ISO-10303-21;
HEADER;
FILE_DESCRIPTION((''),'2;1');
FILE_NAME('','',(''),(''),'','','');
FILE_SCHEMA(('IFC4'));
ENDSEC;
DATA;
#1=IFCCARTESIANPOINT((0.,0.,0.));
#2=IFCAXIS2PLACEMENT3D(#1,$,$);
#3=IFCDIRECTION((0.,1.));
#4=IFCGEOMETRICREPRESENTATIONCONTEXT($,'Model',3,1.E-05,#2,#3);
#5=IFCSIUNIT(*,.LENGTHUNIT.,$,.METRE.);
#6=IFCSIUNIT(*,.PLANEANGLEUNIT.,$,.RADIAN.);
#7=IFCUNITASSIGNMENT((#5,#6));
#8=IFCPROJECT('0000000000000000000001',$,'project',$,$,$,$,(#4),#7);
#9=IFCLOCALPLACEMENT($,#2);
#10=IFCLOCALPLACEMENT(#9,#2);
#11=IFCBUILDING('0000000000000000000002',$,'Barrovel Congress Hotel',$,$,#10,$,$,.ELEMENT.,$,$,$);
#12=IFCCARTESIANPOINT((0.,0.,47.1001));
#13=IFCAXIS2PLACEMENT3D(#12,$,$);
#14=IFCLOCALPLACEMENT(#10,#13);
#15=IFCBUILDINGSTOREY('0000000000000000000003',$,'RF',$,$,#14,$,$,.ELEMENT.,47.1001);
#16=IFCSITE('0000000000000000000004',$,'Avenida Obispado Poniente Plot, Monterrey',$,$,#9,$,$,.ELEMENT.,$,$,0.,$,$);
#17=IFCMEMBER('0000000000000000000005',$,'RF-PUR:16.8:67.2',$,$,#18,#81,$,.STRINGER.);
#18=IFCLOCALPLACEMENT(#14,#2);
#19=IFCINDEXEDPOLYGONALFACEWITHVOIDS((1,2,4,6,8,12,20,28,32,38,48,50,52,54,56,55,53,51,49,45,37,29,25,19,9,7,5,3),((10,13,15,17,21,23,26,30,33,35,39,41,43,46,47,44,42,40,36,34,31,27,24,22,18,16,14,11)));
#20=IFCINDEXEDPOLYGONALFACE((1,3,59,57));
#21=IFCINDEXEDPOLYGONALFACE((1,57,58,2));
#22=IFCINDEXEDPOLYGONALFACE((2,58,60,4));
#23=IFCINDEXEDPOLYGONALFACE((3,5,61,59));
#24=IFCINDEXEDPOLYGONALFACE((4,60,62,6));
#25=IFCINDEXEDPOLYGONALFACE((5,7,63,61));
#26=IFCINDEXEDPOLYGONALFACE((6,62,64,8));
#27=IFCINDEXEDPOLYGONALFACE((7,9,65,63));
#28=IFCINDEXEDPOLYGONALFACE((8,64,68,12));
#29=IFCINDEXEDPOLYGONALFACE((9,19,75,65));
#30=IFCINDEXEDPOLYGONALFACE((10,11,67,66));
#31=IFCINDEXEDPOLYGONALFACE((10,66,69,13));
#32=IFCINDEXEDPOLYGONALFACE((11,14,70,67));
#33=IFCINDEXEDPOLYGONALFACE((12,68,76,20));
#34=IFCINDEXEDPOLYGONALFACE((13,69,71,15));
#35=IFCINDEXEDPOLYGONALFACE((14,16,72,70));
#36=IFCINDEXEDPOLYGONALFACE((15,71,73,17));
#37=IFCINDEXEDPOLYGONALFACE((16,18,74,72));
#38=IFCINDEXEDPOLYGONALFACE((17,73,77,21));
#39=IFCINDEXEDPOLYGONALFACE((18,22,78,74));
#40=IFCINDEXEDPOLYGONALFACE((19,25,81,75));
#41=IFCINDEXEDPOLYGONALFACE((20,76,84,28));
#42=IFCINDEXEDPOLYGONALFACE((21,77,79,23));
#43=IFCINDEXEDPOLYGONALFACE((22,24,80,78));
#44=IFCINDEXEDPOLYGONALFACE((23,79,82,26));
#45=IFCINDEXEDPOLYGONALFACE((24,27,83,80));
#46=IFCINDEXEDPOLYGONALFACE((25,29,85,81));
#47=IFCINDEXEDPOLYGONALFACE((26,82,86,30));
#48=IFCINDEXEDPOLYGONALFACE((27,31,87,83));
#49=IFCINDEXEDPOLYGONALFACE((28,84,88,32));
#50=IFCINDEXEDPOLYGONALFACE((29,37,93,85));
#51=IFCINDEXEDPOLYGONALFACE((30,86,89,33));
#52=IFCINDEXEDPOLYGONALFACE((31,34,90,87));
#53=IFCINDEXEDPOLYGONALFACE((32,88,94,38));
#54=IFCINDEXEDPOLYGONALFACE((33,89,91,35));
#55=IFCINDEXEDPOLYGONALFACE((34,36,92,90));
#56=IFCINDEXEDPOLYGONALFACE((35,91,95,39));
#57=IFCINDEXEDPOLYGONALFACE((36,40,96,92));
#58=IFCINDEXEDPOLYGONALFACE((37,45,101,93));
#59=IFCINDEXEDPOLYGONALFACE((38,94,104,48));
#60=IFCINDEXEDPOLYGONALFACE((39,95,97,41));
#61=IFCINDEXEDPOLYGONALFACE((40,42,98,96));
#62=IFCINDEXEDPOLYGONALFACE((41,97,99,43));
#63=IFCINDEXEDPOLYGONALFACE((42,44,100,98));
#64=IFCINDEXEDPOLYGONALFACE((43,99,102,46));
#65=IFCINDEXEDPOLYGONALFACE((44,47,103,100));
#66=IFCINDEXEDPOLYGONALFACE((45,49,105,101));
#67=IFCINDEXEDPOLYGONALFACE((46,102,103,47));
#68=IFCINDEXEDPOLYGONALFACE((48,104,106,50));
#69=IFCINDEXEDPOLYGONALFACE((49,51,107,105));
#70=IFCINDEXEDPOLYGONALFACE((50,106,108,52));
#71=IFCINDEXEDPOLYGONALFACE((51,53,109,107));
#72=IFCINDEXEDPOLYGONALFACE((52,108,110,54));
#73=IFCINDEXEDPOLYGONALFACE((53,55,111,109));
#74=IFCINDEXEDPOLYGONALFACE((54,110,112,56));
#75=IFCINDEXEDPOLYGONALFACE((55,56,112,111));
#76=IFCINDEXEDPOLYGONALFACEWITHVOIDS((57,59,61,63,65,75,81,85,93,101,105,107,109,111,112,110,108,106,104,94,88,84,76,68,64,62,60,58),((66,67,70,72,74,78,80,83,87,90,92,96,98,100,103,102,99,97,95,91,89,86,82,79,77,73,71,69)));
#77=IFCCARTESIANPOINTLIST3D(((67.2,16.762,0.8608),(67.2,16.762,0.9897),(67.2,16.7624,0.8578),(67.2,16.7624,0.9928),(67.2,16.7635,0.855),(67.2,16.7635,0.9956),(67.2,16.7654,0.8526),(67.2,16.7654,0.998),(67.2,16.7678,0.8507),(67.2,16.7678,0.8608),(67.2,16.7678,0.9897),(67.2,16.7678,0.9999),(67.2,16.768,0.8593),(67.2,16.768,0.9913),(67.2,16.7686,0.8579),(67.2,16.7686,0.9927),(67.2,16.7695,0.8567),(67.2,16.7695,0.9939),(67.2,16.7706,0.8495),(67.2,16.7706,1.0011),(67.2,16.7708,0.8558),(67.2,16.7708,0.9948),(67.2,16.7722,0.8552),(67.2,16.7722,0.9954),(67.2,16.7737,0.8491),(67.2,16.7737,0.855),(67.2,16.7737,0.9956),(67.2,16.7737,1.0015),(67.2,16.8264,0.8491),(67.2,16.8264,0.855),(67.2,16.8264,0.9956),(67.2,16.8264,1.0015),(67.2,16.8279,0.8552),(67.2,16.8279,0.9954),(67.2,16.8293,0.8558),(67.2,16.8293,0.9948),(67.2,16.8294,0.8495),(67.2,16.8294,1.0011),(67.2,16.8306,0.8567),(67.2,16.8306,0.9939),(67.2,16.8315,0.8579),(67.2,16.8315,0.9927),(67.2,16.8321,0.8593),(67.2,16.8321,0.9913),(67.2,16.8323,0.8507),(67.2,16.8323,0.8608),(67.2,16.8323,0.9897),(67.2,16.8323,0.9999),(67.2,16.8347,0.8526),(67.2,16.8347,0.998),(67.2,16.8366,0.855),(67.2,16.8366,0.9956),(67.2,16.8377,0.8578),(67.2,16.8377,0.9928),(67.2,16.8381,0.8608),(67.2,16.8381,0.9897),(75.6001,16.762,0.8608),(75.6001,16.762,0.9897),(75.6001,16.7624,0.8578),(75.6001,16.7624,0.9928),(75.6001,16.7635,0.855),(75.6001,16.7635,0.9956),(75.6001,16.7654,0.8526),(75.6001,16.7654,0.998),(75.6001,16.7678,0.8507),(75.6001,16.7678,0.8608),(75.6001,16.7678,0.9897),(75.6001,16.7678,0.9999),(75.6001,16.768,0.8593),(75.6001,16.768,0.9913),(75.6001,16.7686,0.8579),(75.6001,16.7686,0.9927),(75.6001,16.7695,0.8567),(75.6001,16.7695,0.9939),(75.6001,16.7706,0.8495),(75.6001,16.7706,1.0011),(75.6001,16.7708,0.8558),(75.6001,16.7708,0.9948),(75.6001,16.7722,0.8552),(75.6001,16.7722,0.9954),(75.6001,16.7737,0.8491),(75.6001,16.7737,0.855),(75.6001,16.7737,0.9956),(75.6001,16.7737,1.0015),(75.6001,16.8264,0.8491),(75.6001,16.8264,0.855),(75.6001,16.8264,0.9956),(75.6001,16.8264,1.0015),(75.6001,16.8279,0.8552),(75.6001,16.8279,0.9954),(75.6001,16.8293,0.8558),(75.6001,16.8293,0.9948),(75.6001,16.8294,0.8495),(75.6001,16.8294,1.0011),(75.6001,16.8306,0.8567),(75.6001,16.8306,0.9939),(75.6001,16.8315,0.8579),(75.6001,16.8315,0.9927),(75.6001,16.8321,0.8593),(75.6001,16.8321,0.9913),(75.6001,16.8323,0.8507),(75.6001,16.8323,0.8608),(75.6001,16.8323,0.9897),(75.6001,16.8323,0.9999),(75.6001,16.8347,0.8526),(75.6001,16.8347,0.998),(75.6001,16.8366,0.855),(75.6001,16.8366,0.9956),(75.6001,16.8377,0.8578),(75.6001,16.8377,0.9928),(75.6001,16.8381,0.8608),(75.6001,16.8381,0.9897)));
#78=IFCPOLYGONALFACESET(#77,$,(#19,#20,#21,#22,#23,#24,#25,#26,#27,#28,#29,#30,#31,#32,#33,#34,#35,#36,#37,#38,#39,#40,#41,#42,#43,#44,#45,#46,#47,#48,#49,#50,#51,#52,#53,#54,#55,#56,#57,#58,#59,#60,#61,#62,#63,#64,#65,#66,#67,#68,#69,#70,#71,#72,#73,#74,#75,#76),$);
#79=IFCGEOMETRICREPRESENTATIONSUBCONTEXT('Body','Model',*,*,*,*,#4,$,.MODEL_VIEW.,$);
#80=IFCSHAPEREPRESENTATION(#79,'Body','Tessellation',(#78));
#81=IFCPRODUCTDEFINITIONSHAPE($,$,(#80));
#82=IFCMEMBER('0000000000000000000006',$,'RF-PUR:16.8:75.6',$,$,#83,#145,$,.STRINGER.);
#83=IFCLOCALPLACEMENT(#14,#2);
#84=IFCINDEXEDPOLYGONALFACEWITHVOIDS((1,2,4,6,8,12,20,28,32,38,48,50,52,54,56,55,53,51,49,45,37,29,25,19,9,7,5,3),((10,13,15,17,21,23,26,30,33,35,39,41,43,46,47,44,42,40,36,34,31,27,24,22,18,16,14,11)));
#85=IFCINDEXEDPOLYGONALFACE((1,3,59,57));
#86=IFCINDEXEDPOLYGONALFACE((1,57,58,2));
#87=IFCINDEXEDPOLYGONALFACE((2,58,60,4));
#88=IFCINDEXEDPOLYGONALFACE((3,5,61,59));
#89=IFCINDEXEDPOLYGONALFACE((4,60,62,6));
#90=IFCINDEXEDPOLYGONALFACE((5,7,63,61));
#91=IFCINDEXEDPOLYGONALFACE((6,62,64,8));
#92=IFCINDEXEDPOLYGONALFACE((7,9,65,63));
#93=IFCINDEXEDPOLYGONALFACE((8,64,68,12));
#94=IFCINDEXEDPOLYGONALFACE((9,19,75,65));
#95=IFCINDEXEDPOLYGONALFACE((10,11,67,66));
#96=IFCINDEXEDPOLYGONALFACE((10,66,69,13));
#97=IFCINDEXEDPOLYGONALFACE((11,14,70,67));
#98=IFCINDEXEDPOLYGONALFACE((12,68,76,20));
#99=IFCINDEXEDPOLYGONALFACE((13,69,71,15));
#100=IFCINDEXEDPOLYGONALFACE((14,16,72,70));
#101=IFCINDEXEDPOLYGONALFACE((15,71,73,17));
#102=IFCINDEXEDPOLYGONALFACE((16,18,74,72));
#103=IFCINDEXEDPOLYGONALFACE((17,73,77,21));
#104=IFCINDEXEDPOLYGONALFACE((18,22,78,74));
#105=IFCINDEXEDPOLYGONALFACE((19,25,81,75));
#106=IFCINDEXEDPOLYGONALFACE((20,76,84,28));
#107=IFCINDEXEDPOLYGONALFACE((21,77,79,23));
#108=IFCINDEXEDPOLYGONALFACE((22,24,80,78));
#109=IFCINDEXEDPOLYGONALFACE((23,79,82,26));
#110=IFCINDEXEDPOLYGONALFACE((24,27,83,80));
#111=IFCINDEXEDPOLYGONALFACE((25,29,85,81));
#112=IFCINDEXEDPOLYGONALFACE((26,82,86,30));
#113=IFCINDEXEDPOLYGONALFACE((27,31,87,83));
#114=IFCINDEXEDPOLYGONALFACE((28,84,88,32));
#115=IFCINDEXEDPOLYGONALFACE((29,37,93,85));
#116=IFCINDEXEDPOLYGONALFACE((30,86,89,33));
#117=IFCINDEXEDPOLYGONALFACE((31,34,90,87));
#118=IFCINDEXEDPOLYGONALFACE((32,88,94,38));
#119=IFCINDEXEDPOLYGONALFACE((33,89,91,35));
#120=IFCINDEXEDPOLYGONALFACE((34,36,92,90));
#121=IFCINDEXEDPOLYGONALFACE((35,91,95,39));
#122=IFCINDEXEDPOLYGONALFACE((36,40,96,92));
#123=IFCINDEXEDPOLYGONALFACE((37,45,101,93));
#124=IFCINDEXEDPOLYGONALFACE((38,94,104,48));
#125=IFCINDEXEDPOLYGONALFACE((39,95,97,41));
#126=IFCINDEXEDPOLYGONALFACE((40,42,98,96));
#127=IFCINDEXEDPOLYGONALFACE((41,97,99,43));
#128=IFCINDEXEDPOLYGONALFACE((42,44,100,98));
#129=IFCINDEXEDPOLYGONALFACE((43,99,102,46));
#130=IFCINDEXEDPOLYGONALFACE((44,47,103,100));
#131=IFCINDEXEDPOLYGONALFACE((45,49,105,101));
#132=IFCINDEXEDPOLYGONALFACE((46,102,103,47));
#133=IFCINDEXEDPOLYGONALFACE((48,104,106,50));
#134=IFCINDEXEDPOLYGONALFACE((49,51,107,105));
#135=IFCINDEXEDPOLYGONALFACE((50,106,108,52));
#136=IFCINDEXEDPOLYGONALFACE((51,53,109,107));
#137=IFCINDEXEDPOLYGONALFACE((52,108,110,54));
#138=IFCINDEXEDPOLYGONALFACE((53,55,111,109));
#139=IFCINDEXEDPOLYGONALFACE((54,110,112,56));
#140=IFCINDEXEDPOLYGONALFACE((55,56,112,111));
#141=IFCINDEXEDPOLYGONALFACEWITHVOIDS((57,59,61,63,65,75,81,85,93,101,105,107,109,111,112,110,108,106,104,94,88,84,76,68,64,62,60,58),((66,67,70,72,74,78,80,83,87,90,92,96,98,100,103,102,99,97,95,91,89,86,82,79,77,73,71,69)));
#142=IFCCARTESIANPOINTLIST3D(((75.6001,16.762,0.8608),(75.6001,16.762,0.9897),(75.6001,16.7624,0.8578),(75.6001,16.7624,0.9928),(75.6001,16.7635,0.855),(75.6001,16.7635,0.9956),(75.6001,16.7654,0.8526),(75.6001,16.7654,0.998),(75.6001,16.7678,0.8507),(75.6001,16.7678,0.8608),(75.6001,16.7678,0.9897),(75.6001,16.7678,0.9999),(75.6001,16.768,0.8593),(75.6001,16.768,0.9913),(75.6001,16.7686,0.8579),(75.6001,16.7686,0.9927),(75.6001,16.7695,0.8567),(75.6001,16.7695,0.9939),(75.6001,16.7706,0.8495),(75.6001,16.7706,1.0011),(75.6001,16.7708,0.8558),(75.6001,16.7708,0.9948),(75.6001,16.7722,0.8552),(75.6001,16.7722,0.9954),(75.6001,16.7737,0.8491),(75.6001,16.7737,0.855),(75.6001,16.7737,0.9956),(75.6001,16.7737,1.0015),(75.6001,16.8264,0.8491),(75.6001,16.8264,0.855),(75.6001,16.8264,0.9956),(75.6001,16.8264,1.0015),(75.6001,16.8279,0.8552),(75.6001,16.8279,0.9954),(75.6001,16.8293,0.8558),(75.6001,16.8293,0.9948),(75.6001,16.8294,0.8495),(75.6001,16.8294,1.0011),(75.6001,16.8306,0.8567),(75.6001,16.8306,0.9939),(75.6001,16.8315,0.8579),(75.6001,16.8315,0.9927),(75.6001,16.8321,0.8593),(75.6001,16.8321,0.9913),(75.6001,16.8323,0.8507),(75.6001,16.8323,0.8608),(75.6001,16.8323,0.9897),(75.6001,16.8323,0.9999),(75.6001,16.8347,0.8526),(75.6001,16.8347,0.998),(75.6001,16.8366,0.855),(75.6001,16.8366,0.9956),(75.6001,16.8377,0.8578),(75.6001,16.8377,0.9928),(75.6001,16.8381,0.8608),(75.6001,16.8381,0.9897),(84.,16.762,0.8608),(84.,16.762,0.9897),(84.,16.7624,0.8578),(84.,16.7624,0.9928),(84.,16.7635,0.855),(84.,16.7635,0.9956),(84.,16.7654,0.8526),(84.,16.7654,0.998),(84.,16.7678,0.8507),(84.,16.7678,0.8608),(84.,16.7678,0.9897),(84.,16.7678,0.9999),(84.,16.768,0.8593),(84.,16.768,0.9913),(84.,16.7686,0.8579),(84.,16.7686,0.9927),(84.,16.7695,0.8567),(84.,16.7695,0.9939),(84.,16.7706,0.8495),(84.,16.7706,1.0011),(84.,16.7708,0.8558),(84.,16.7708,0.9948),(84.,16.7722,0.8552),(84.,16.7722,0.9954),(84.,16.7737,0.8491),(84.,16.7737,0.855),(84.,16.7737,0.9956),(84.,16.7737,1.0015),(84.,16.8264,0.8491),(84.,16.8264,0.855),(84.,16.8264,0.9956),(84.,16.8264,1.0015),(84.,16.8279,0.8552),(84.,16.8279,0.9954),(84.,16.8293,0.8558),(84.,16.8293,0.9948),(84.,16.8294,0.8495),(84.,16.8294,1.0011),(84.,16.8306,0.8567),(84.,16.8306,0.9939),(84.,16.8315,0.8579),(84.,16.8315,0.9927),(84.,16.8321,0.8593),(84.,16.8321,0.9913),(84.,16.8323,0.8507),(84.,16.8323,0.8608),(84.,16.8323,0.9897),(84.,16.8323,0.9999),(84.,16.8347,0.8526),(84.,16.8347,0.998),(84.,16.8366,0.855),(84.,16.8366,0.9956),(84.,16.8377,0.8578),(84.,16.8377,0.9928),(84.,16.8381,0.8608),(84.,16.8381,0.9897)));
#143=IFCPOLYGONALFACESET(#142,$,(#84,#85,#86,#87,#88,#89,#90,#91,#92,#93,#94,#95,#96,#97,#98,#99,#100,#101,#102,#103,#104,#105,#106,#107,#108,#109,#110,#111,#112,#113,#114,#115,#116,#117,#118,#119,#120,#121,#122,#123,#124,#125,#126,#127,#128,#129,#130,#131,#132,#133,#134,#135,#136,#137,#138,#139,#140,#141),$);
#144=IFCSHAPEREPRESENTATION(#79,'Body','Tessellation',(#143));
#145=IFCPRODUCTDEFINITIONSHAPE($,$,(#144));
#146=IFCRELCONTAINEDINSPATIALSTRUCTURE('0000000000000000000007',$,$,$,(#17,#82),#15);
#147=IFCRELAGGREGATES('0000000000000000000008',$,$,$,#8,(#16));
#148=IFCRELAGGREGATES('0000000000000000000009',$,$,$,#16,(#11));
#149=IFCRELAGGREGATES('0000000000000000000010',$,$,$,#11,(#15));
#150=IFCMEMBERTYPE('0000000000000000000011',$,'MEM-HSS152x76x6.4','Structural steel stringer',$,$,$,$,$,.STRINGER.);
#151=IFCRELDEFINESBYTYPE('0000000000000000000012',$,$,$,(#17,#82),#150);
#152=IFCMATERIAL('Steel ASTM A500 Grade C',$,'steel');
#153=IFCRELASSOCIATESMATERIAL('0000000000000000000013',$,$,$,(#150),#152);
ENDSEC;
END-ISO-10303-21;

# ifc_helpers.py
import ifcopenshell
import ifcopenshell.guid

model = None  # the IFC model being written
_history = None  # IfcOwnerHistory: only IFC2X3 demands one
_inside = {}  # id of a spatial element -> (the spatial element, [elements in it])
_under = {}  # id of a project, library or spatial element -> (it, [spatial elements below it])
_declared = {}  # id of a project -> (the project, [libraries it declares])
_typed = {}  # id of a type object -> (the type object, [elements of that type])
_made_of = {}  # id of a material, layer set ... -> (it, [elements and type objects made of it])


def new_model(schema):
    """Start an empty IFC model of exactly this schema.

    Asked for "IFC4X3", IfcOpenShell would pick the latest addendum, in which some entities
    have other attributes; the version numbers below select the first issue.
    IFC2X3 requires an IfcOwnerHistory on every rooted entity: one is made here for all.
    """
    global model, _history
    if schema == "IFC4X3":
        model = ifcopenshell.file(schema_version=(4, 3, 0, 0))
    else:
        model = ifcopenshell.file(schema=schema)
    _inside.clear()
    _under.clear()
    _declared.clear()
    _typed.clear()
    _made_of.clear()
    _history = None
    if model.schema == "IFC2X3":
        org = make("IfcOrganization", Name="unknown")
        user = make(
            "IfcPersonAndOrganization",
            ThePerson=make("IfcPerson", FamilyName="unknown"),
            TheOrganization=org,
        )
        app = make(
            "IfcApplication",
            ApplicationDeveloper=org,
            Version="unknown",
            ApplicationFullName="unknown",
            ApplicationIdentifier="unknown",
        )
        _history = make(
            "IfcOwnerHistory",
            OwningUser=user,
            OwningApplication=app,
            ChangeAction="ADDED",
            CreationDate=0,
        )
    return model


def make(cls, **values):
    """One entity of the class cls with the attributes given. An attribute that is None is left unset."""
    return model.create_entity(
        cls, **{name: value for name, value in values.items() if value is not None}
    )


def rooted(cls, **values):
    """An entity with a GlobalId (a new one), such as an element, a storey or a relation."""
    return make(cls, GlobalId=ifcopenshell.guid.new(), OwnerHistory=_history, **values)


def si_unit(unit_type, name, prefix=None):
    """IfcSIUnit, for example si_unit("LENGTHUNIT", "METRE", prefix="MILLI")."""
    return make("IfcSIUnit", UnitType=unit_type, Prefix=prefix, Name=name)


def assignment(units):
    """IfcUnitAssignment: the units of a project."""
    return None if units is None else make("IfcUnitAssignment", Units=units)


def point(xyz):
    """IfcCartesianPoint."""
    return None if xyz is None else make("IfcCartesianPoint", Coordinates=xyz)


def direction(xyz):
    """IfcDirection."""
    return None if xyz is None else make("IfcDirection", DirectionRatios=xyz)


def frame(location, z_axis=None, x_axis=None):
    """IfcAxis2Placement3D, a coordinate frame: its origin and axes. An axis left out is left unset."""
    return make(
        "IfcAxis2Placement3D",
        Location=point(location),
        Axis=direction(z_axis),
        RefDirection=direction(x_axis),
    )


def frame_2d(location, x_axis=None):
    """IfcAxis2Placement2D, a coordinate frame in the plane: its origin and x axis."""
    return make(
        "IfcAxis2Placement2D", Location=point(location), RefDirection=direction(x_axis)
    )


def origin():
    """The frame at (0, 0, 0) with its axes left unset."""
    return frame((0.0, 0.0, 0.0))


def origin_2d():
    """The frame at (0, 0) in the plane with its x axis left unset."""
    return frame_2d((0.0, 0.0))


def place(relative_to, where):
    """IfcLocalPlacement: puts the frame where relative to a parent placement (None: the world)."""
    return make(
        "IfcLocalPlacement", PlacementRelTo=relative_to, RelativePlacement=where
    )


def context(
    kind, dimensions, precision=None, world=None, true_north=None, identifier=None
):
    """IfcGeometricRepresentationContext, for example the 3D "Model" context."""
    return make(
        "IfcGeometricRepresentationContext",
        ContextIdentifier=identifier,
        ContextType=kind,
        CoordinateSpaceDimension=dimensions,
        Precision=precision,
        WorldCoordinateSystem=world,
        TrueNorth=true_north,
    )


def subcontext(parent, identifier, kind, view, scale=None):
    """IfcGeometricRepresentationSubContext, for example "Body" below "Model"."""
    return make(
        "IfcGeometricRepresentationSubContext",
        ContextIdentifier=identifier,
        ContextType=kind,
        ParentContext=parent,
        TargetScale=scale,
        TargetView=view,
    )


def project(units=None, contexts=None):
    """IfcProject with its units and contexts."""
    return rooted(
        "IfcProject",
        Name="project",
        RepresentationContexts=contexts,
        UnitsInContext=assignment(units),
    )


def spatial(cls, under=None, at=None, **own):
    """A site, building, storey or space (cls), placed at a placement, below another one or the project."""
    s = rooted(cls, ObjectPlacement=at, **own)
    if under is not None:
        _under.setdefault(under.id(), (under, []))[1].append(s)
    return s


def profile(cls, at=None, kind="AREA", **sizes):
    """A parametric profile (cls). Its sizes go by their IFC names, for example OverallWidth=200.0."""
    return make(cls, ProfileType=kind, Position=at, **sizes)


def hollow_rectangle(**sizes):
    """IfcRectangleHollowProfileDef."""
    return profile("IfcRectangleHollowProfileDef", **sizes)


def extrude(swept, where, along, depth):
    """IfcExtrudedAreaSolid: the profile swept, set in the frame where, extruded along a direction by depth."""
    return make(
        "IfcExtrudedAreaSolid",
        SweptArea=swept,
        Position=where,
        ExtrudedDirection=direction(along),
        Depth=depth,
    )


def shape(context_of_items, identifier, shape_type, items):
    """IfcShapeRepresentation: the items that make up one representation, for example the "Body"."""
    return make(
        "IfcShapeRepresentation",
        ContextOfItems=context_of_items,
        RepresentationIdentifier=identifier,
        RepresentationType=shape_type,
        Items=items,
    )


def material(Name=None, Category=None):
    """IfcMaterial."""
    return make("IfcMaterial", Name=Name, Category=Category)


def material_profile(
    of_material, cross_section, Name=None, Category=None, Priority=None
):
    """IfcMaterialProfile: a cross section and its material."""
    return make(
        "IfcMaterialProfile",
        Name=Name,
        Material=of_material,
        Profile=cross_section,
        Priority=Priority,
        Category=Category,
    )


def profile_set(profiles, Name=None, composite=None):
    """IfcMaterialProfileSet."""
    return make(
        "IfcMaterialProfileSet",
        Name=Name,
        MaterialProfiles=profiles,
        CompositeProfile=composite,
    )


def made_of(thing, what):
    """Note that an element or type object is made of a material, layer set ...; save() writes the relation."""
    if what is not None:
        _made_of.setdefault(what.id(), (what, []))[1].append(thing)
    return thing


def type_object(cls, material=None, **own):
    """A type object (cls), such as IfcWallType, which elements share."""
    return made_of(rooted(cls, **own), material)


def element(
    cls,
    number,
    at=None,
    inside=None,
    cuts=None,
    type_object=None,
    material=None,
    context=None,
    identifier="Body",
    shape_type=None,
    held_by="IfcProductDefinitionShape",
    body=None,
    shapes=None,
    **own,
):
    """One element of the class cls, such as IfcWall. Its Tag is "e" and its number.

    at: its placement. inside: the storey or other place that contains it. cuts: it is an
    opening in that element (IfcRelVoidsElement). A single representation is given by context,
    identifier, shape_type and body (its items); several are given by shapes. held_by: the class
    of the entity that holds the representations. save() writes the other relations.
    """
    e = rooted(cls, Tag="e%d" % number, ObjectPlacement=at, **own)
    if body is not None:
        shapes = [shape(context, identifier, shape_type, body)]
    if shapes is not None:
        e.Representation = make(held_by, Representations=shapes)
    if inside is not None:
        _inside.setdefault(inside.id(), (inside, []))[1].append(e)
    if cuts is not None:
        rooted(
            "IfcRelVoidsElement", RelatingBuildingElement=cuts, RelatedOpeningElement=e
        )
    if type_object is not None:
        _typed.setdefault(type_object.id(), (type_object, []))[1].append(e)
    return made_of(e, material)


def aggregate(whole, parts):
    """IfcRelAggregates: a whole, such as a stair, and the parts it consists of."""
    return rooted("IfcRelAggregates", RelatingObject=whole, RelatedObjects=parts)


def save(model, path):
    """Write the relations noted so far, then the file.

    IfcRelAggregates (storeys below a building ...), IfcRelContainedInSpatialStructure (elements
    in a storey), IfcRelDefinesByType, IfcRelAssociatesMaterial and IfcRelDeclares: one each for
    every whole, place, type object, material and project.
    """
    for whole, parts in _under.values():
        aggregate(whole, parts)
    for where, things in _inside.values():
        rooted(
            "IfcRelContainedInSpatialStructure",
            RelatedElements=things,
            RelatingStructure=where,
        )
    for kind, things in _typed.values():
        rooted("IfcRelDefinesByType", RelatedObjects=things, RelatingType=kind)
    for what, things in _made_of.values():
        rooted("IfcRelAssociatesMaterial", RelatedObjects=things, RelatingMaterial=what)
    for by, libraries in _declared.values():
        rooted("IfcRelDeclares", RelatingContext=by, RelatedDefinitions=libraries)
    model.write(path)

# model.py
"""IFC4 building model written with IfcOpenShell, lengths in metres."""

from ifc_helpers import new_model, si_unit, direction, frame, origin, origin_2d, place, context, subcontext, project, spatial, hollow_rectangle, extrude, material, material_profile, profile_set, type_object, element, save


model = new_model("IFC4")

# Units and contexts
model_context = context("Model", 3, precision=1e-05, world=origin(), true_north=direction((0.0, 1.0)))
body_context = subcontext(model_context, "Body", "Model", "MODEL_VIEW")
ifc_project = project(units=[si_unit("LENGTHUNIT", "METRE"), si_unit("PLANEANGLEUNIT", "RADIAN")], contexts=[model_context])

# Site, building, storey
site_placement = place(None, origin())
site = spatial("IfcSite", under=ifc_project, at=site_placement, Name="Avenida Obispado Poniente Plot, Monterrey", CompositionType="ELEMENT", RefElevation=0.0)
building_placement = place(site_placement, origin())
building = spatial("IfcBuilding", under=site, at=building_placement, Name="Barrovel Congress Hotel", CompositionType="ELEMENT")
storey_placement = place(building_placement, frame((0.0, 0.0, 47.1001)))
storey = spatial("IfcBuildingStorey", under=building, at=storey_placement, Name="RF", CompositionType="ELEMENT", Elevation=47.1001)

# Members
ifc_material_1 = material(Name="Steel ASTM A500 Grade C", Category="steel")
ifc_material_profile_1 = material_profile(ifc_material_1, hollow_rectangle(XDim=0.0762, YDim=0.1523, WallThickness=0.0059, InnerFilletRadius=0.0059, OuterFilletRadius=0.0117, at=origin_2d()), Name="HSS152x76x6.4")
ifc_profile_set_1 = profile_set([ifc_material_profile_1], Name="Steel ASTM A500 Grade C")
member_type_1 = type_object("IfcMemberType", Name="MEM-HSS152x76x6.4", Description="Structural steel stringer", PredefinedType="STRINGER", material=ifc_profile_set_1)
member_1_placement = place(storey_placement, frame((67.2, 16.8, 0.9253), z_axis=(1.0, 0.0, 0.0), x_axis=(0.0, 1.0, 0.0)))
element("IfcMember", 1, at=member_1_placement, inside=storey, type_object=member_type_1, Name="RF-PUR:16.8:67.2", PredefinedType="STRINGER", context=body_context, shape_type="SweptSolid", body=[
    extrude(hollow_rectangle(XDim=0.0762, YDim=0.1523, WallThickness=0.0059, InnerFilletRadius=0.0059, OuterFilletRadius=0.0117, at=origin_2d()), origin(), (0.0, 0.0, 1.0), 8.4001),
])
member_2_placement = place(storey_placement, frame((75.6001, 16.8, 0.9253), z_axis=(1.0, 0.0, 0.0), x_axis=(0.0, 1.0, 0.0)))
element("IfcMember", 2, at=member_2_placement, inside=storey, type_object=member_type_1, Name="RF-PUR:16.8:75.6", PredefinedType="STRINGER", context=body_context, shape_type="SweptSolid", body=[
    extrude(hollow_rectangle(XDim=0.0762, YDim=0.1523, WallThickness=0.0059, InnerFilletRadius=0.0059, OuterFilletRadius=0.0117, at=origin_2d()), origin(), (0.0, 0.0, 1.0), 8.3999),
])

save(model, "model.ifc")
